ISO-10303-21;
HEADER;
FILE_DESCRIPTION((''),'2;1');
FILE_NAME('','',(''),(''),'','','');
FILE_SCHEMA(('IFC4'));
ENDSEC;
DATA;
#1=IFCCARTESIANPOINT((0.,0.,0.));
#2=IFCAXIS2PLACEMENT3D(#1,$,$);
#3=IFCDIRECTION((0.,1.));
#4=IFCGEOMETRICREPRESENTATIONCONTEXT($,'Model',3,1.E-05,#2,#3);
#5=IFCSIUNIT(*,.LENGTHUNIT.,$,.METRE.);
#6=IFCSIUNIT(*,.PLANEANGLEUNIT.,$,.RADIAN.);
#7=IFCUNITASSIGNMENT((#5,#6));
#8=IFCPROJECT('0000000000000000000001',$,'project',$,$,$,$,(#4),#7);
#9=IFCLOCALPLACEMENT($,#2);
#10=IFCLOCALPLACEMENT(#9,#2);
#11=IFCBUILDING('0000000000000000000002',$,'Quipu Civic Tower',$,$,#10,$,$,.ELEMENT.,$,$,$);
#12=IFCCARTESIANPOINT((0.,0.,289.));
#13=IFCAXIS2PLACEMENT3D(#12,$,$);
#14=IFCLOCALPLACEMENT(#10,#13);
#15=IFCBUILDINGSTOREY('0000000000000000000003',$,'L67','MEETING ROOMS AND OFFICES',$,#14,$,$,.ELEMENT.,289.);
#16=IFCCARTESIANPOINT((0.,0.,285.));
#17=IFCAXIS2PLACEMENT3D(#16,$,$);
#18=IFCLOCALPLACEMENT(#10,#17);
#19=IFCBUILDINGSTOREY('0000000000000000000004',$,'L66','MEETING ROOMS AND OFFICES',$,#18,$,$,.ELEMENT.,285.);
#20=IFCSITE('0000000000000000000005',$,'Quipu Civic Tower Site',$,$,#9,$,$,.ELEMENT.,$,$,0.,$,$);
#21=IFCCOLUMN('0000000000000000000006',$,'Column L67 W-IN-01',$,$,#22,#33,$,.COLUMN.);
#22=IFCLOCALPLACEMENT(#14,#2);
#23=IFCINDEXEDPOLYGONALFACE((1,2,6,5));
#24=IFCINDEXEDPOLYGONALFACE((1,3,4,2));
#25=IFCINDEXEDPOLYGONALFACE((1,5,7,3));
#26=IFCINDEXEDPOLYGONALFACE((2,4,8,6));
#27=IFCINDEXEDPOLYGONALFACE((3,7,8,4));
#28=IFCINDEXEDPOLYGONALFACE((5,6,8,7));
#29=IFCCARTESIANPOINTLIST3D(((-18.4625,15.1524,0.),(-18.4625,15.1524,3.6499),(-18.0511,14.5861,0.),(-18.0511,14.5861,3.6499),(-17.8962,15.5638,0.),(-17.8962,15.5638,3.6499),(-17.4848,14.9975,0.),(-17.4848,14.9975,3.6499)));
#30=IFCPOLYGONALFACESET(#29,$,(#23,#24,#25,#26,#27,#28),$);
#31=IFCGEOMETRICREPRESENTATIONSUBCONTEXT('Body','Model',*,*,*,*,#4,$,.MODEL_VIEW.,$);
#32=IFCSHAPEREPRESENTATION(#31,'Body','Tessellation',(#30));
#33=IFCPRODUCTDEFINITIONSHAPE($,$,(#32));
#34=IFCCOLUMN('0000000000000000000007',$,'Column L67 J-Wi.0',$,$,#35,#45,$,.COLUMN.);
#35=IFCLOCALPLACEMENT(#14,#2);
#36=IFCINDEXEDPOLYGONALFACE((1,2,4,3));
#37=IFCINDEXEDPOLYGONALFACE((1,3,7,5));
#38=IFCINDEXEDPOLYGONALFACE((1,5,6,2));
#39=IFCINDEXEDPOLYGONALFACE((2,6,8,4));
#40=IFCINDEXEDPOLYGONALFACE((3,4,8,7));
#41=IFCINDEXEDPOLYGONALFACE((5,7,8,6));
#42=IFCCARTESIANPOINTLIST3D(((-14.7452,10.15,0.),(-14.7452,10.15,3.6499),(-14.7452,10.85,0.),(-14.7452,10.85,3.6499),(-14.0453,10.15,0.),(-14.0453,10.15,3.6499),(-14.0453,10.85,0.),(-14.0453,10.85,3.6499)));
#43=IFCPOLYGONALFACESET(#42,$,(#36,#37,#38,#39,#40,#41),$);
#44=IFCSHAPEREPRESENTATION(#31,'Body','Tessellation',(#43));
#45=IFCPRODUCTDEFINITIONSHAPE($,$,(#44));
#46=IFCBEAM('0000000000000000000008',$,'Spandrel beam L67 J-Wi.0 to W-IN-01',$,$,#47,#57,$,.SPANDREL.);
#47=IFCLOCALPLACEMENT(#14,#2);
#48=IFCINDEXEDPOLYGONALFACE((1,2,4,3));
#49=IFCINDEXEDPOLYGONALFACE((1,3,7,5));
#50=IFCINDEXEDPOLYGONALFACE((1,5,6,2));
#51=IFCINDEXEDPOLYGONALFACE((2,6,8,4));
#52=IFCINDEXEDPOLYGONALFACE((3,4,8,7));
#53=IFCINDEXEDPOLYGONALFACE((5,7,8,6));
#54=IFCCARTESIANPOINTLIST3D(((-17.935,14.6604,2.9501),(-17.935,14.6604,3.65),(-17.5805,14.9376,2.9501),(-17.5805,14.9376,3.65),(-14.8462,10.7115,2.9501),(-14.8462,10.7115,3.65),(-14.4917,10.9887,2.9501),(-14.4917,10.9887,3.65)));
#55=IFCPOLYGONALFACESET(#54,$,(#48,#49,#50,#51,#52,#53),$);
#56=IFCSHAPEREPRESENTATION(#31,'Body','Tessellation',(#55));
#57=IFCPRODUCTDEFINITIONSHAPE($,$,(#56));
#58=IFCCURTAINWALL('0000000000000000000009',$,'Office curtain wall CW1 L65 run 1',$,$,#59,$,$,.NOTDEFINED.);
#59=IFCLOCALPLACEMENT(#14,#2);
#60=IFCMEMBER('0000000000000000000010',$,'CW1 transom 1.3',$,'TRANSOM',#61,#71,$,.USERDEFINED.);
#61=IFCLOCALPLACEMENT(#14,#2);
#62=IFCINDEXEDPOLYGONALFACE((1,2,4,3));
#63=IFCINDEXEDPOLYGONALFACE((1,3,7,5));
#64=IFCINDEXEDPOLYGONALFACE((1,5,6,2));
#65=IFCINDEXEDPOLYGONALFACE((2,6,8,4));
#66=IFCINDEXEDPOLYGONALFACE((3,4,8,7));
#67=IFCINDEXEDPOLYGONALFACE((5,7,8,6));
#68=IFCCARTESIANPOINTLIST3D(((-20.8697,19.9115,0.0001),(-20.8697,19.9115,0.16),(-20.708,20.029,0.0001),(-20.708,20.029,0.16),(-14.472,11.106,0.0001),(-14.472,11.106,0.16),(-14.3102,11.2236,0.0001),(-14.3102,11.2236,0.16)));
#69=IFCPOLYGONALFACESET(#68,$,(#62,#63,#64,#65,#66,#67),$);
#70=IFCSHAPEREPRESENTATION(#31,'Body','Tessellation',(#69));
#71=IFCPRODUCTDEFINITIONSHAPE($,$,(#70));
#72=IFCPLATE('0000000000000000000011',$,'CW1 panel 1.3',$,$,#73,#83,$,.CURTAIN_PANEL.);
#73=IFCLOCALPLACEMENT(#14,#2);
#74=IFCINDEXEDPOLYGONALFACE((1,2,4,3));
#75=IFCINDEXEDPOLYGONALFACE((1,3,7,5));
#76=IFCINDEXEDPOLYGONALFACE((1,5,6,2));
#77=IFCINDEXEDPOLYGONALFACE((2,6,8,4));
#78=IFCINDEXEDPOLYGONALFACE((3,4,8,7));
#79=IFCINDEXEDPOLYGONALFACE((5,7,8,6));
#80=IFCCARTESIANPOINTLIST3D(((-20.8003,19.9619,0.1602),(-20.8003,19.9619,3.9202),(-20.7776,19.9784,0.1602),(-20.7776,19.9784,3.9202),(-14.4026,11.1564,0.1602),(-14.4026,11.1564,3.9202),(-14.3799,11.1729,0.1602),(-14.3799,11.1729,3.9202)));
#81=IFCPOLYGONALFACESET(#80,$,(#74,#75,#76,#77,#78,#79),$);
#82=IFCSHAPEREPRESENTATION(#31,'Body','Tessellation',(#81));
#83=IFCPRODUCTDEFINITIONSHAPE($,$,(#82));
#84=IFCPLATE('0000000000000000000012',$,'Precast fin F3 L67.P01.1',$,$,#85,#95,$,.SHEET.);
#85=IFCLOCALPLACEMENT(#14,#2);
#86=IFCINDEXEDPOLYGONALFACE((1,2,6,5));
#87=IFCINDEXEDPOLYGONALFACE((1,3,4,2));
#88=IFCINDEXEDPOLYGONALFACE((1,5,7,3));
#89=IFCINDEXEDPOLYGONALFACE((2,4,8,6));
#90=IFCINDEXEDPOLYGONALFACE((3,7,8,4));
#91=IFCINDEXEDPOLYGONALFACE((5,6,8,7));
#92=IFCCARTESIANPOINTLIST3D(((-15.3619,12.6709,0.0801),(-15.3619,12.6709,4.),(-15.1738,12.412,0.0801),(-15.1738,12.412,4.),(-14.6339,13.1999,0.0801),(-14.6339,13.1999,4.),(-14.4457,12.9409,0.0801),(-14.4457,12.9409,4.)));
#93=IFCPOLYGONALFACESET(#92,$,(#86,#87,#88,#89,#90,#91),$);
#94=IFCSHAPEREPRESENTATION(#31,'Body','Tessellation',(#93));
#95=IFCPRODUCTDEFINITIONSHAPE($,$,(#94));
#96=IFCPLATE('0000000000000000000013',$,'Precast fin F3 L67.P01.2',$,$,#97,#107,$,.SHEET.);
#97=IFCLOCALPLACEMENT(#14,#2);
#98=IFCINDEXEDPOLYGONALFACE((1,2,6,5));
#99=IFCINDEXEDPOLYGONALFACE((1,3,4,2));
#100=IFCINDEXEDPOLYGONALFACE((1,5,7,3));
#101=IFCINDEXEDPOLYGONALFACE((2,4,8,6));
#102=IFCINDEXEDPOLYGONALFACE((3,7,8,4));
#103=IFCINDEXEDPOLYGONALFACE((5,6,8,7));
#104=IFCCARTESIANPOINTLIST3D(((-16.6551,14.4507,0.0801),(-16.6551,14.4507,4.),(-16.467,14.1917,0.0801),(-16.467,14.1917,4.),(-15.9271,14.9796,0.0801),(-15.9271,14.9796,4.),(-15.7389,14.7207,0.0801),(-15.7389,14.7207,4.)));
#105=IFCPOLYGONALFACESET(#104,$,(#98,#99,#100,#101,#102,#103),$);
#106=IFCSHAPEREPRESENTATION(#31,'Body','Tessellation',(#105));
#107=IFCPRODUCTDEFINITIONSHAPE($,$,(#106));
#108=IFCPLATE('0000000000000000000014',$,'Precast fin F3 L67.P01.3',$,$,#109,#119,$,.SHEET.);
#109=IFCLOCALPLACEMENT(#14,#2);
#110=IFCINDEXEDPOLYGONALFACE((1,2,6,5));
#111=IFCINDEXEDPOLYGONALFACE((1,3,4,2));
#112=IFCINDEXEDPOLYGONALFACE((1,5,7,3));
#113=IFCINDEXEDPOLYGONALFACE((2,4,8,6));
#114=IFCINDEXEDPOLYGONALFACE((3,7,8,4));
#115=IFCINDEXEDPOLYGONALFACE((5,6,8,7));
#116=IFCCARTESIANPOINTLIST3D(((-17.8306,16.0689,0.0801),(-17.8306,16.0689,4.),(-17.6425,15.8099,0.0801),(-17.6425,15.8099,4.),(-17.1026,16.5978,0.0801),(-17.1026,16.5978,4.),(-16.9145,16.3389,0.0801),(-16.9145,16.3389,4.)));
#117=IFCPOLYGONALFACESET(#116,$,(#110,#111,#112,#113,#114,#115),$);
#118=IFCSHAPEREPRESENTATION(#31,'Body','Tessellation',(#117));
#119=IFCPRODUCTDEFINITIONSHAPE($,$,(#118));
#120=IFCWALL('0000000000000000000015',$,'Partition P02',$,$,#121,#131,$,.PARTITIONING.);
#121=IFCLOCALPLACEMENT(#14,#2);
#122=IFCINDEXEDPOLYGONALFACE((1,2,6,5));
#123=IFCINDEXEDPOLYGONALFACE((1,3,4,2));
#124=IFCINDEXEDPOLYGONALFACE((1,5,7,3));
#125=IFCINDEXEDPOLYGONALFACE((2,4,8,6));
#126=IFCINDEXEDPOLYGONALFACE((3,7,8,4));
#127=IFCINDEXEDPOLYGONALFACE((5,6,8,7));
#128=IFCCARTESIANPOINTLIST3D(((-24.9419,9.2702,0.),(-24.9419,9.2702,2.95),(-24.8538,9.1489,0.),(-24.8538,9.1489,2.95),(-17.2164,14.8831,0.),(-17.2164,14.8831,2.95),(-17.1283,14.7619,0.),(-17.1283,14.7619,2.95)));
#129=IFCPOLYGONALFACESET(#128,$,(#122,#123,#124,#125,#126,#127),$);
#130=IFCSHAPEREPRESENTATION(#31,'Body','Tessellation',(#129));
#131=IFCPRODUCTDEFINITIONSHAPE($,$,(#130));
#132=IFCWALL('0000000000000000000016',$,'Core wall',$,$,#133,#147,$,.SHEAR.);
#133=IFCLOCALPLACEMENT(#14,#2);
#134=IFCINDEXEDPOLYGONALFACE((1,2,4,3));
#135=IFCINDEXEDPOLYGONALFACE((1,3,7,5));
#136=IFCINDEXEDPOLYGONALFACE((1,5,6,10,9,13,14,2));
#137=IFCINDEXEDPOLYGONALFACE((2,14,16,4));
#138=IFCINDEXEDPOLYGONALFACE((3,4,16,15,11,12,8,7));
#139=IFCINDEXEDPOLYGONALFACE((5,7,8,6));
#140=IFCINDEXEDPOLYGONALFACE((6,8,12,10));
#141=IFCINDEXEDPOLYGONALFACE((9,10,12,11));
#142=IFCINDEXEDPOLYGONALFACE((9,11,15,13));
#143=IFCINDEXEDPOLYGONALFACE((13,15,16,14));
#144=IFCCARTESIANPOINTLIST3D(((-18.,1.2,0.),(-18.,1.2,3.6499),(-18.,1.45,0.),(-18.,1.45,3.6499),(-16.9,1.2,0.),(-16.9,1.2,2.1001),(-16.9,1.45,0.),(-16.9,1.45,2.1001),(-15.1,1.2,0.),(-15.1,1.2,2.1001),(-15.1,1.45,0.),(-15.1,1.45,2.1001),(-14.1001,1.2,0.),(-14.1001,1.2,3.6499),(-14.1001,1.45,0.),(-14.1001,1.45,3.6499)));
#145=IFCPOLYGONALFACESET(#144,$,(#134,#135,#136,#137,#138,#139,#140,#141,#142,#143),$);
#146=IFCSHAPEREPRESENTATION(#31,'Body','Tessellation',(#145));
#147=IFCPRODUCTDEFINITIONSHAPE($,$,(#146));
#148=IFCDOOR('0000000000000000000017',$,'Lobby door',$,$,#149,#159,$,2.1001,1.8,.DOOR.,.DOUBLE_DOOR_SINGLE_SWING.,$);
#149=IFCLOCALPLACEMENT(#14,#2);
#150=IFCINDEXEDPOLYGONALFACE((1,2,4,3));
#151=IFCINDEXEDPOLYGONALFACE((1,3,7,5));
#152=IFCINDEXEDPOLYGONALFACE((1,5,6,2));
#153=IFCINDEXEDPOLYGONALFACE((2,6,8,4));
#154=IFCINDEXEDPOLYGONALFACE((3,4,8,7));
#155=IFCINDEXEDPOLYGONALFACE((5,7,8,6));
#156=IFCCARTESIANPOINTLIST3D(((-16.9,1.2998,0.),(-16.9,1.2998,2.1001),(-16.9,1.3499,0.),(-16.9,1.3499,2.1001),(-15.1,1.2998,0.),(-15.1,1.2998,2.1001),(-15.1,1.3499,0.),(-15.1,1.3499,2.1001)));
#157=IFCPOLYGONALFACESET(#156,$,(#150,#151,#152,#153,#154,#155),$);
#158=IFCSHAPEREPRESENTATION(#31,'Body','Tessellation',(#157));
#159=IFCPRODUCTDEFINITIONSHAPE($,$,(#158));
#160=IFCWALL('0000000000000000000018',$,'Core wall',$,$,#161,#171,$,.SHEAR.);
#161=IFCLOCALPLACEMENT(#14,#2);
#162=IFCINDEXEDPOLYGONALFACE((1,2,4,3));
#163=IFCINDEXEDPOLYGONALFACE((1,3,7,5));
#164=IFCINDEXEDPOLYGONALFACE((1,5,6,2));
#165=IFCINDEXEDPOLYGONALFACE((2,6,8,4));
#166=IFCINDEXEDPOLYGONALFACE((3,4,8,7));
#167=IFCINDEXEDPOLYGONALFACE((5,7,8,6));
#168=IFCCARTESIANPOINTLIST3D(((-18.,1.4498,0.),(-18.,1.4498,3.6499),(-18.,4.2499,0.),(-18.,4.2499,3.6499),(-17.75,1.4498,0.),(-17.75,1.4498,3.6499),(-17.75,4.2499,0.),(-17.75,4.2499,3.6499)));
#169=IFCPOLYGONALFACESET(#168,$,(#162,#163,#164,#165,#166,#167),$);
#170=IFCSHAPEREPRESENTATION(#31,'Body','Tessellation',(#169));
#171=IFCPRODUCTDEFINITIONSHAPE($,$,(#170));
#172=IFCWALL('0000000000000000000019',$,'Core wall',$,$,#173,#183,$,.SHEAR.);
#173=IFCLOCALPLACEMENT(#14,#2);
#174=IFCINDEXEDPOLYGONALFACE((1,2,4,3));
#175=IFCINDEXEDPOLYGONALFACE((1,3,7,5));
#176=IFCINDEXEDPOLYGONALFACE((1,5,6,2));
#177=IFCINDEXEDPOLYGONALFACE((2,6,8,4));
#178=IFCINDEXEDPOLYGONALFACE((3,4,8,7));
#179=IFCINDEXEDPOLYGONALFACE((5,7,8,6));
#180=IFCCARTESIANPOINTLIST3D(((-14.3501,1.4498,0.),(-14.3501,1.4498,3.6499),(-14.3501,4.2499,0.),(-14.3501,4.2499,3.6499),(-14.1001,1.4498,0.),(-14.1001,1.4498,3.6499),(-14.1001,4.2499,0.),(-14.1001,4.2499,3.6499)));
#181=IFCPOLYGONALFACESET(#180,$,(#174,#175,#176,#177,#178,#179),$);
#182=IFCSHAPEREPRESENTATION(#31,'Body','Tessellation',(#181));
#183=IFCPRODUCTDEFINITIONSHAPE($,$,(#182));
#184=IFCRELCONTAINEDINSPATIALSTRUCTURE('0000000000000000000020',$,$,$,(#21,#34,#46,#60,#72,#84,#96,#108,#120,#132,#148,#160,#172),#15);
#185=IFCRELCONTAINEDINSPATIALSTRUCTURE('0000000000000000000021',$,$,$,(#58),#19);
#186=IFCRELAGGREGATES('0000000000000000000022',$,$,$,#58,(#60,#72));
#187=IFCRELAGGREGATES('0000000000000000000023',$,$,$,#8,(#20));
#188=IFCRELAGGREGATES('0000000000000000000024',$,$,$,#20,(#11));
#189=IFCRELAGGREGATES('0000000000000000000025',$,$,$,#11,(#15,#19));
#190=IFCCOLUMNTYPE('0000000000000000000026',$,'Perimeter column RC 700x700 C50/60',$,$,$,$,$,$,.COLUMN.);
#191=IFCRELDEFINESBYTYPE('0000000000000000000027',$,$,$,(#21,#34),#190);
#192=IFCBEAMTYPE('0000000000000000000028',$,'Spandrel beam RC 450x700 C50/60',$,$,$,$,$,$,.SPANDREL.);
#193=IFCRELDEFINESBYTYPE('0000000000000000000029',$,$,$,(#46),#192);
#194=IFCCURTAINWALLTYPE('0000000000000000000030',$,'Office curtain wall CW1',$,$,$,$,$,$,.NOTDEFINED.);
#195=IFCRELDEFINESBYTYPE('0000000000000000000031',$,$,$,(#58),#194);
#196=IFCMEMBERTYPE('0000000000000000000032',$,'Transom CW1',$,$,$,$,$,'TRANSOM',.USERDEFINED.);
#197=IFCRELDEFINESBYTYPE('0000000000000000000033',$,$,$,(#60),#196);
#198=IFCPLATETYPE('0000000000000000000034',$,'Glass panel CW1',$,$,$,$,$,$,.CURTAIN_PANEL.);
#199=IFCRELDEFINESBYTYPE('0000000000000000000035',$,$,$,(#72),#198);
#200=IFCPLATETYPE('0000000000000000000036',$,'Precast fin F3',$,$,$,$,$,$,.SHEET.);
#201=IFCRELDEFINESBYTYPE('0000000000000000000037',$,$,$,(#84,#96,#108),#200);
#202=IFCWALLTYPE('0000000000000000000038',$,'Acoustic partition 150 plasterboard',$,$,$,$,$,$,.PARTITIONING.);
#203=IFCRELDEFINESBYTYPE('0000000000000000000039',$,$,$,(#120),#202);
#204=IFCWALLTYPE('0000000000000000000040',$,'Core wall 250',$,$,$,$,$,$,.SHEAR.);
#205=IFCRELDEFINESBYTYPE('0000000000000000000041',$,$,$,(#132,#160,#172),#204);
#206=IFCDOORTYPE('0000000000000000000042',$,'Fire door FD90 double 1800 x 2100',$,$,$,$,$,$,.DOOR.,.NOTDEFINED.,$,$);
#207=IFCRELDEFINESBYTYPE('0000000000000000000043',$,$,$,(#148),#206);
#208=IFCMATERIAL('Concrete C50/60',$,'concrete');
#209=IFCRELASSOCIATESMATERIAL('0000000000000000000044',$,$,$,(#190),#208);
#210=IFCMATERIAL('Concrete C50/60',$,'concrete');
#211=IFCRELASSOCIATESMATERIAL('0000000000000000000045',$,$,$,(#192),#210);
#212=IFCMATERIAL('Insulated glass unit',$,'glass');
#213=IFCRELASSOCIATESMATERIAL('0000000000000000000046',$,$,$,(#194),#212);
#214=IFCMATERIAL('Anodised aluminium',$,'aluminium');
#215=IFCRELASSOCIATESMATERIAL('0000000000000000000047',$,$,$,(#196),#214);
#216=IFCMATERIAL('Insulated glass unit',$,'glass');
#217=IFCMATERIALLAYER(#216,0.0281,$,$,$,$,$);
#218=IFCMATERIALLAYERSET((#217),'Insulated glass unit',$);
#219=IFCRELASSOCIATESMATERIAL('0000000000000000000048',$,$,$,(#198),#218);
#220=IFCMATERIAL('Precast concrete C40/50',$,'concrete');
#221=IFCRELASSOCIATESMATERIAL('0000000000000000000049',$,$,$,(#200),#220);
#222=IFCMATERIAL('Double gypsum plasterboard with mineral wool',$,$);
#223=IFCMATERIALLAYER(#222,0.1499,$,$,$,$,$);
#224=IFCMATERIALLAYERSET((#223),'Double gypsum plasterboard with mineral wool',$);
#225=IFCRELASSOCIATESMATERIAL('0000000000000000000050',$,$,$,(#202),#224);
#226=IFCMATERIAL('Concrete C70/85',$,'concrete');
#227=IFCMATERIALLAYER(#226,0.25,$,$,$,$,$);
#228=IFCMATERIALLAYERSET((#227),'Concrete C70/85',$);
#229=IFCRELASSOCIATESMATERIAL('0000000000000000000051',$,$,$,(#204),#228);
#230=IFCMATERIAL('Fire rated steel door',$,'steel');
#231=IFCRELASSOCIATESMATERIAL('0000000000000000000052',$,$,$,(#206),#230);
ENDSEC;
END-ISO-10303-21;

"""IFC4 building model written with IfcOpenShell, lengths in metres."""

from ifc_helpers import new_model, si_unit, direction, frame, frame_2d, origin, origin_2d, place, context, subcontext, project, spatial, rectangle, extrude, material, layer, layer_set, material_profile, profile_set, type_object, element, fill, aggregate, save


model = new_model("IFC4")

# Units and contexts
model_context = context("Model", 3, precision=1e-05, world=origin(), true_north=direction((0.0, 1.0)))
body_context = subcontext(model_context, "Body", "Model", "MODEL_VIEW")
ifc_project = project(units=[si_unit("LENGTHUNIT", "METRE"), si_unit("PLANEANGLEUNIT", "RADIAN")], contexts=[model_context])

# Site, building, storey
site_placement = place(None, origin())
site = spatial("IfcSite", under=ifc_project, at=site_placement, Name="Quipu Civic Tower Site", CompositionType="ELEMENT", RefElevation=0.0)
building_placement = place(site_placement, origin())
building = spatial("IfcBuilding", under=site, at=building_placement, Name="Quipu Civic Tower", CompositionType="ELEMENT")
storey_1_placement = place(building_placement, frame((0.0, 0.0, 289.0)))
storey_1 = spatial("IfcBuildingStorey", under=building, at=storey_1_placement, Name="L67", Description="MEETING ROOMS AND OFFICES", CompositionType="ELEMENT", Elevation=289.0)

# Columns
ifc_material_1 = material(Name="Concrete C50/60", Category="concrete")
ifc_material_profile_1 = material_profile(ifc_material_1, rectangle(XDim=0.7, YDim=0.7, at=origin_2d()), Name="RC700x700")
ifc_profile_set_1 = profile_set([ifc_material_profile_1], Name="Concrete C50/60")
column_type = type_object("IfcColumnType", Name="Perimeter column RC 700x700 C50/60", PredefinedType="COLUMN", material=ifc_profile_set_1)
for number, where, z_axis, x_axis, name in (
    (1, (-17.9736, 15.075, 0.0), (0.0, 0.0, 1.0), (-0.587785, 0.809017, 0.0), "Column L67 W-IN-01"),
    (2, (-14.3953, 10.5, 0.0), (0.0, 0.0, 1.0), (-1.0, 0.0, 0.0), "Column L67 J-Wi.0"),
):
    element("IfcColumn", number, at=place(storey_1_placement, frame(where, z_axis=z_axis, x_axis=x_axis)), inside=storey_1, type_object=column_type, Name=name, PredefinedType="COLUMN", context=body_context, shape_type="SweptSolid", body=[
        extrude(rectangle(XDim=0.7, YDim=0.7, at=origin_2d()), origin(), (0.0, 0.0, 1.0), 3.6499),
    ])

# Beam
ifc_material_2 = material(Name="Concrete C50/60", Category="concrete")
ifc_material_profile_2 = material_profile(ifc_material_2, rectangle(XDim=0.45, YDim=0.7, at=origin_2d()), Name="RC450x700")
ifc_profile_set_2 = profile_set([ifc_material_profile_2], Name="Concrete C50/60")
beam_type = type_object("IfcBeamType", Name="Spandrel beam RC 450x700 C50/60", PredefinedType="SPANDREL", material=ifc_profile_set_2)
beam_placement = place(storey_1_placement, frame((-14.6689, 10.8501, 3.3), z_axis=(-0.616106, 0.787663, 0.0), x_axis=(-0.787663, -0.616106, 0.0)))
element("IfcBeam", 3, at=beam_placement, inside=storey_1, type_object=beam_type, Name="Spandrel beam L67 J-Wi.0 to W-IN-01", PredefinedType="SPANDREL", context=body_context, shape_type="SweptSolid", body=[
    extrude(rectangle(XDim=0.45, YDim=0.7, at=origin_2d()), origin(), (0.0, 0.0, 1.0), 5.0134),
])

# Shared definitions
storey_2_placement = place(building_placement, frame((0.0, 0.0, 285.0)))
storey_2 = spatial("IfcBuildingStorey", under=building, at=storey_2_placement, Name="L66", Description="MEETING ROOMS AND OFFICES", CompositionType="ELEMENT", Elevation=285.0)

# Curtain wall, member, plate
ifc_material_3 = material(Name="Insulated glass unit", Category="glass")
curtain_wall_type = type_object("IfcCurtainWallType", Name="Office curtain wall CW1", PredefinedType="NOTDEFINED", material=ifc_material_3)
curtain_wall_placement = place(storey_2_placement, origin())
curtain_wall = element("IfcCurtainWall", 4, at=curtain_wall_placement, inside=storey_2, type_object=curtain_wall_type, Name="Office curtain wall CW1 L65 run 1", PredefinedType="NOTDEFINED")
ifc_material_4 = material(Name="Anodised aluminium", Category="aluminium")
ifc_material_profile_3 = material_profile(ifc_material_4, rectangle(XDim=0.2, YDim=0.1599, at=origin_2d()), Name="RECT 200x160")
ifc_profile_set_3 = profile_set([ifc_material_profile_3], Name="Anodised aluminium")
member_type = type_object("IfcMemberType", Name="Transom CW1", ElementType="TRANSOM", PredefinedType="USERDEFINED", material=ifc_profile_set_3)
member_placement = place(storey_1_placement, frame((-14.3911, 11.1648, 0.0801), z_axis=(-0.587797, 0.809009, 0.0), x_axis=(-0.809009, -0.587797, 0.0)))
member = element("IfcMember", 5, at=member_placement, inside=storey_1, type_object=member_type, Name="CW1 transom 1.3", ObjectType="TRANSOM", PredefinedType="USERDEFINED", context=body_context, shape_type="SweptSolid", body=[
    extrude(rectangle(XDim=0.2, YDim=0.1599, at=origin_2d()), origin(), (0.0, 0.0, 1.0), 10.8843),
])
ifc_material_5 = material(Name="Insulated glass unit", Category="glass")
ifc_layer_1 = layer(ifc_material_5, 0.0281)
ifc_layer_set_1 = layer_set([ifc_layer_1], Name="Insulated glass unit")
plate_type_1 = type_object("IfcPlateType", Name="Glass panel CW1", PredefinedType="CURTAIN_PANEL", material=ifc_layer_set_1)
plate_placement = place(storey_1_placement, frame((-17.5901, 15.5674, 0.1602), z_axis=(0.0, 0.0, 1.0), x_axis=(-0.587788, 0.809015, 0.0)))
plate = element("IfcPlate", 6, at=plate_placement, inside=storey_1, type_object=plate_type_1, Name="CW1 panel 1.3", PredefinedType="CURTAIN_PANEL", context=body_context, shape_type="SweptSolid", body=[
    extrude(rectangle(XDim=10.8843, YDim=0.0281, at=origin_2d()), origin(), (0.0, 0.0, 1.0), 3.76),
])
aggregate(curtain_wall, [member, plate])

# Plates
ifc_material_6 = material(Name="Precast concrete C40/50", Category="concrete")
plate_type_2 = type_object("IfcPlateType", Name="Precast fin F3", PredefinedType="SHEET", material=ifc_material_6)
for number, where, z_axis, x_axis, name in (
    (7, (-14.9038, 12.8059, 0.0801), (0.0, 0.0, 1.0), (-0.587784, 0.809018, 0.0), "Precast fin F3 L67.P01.1"),
    (8, (-16.197, 14.5857, 0.0801), (0.0, 0.0, 1.0), (-0.587784, 0.809018, 0.0), "Precast fin F3 L67.P01.2"),
    (9, (-17.3726, 16.2039, 0.0801), (0.0, 0.0, 1.0), (-0.587784, 0.809018, 0.0), "Precast fin F3 L67.P01.3"),
):
    element("IfcPlate", number, at=place(storey_1_placement, frame(where, z_axis=z_axis, x_axis=x_axis)), inside=storey_1, type_object=plate_type_2, Name=name, PredefinedType="SHEET", context=body_context, shape_type="SweptSolid", body=[
        extrude(rectangle(XDim=0.3201, YDim=0.8999, at=origin_2d()), origin(), (0.0, 0.0, 1.0), 3.9199),
    ])

# Wall
ifc_material_7 = material(Name="Double gypsum plasterboard with mineral wool")
ifc_layer_2 = layer(ifc_material_7, 0.1499)
ifc_layer_set_2 = layer_set([ifc_layer_2], Name="Double gypsum plasterboard with mineral wool")
wall_type_1 = type_object("IfcWallType", Name="Acoustic partition 150 plasterboard", PredefinedType="PARTITIONING", material=ifc_layer_set_2)
wall_1_placement = place(storey_1_placement, frame((-17.1724, 14.8225, 0.0), z_axis=(0.0, 0.0, 1.0), x_axis=(-0.809013, -0.58779, 0.0)))
element("IfcWall", 10, at=wall_1_placement, inside=storey_1, type_object=wall_type_1, Name="Partition P02", PredefinedType="PARTITIONING", context=body_context, shape_type="SweptSolid", body=[
    extrude(rectangle(XDim=9.5493, YDim=0.1499, at=frame_2d((4.7747, 0.0))), origin(), (0.0, 0.0, 1.0), 2.95),
])

# Wall, opening, door
ifc_material_8 = material(Name="Concrete C70/85", Category="concrete")
ifc_layer_3 = layer(ifc_material_8, 0.25)
ifc_layer_set_3 = layer_set([ifc_layer_3], Name="Concrete C70/85")
wall_type_2 = type_object("IfcWallType", Name="Core wall 250", PredefinedType="SHEAR", material=ifc_layer_set_3)
wall_2_placement = place(storey_1_placement, frame((-18.0, 1.325, 0.0), z_axis=(0.0, 0.0, 1.0), x_axis=(1.0, 0.0, 0.0)))
wall_2 = element("IfcWall", 11, at=wall_2_placement, inside=storey_1, type_object=wall_type_2, Name="Core wall", PredefinedType="SHEAR", context=body_context, shape_type="SweptSolid", body=[
    extrude(rectangle(XDim=3.8999, YDim=0.25, at=frame_2d((1.95, 0.0))), origin(), (0.0, 0.0, 1.0), 3.6499),
])
opening_1_placement = place(wall_2_placement, frame((1.1001, 0.0, 0.0)))
opening_1 = element("IfcOpeningElement", 12, at=opening_1_placement, cuts=wall_2, PredefinedType="OPENING", context=body_context, shape_type="SweptSolid", body=[
    extrude(rectangle(XDim=1.8, YDim=2.1001, at=frame_2d((0.8999, 1.05))), frame((0.0, 0.135, 0.0), z_axis=(0.0, -1.0, 0.0), x_axis=(1.0, 0.0, 0.0)), (0.0, 0.0, 1.0), 0.27),
])
ifc_material_9 = material(Name="Fire rated steel door", Category="steel")
door_type_1 = type_object("IfcDoorType", Name="Fire door FD90 double 1800 x 2100", OperationType="NOTDEFINED", PredefinedType="DOOR", material=ifc_material_9)
door_1_placement = place(opening_1_placement, origin())
door_1 = element("IfcDoor", 13, at=door_1_placement, inside=storey_1, type_object=door_type_1, Name="Lobby door", OperationType="DOUBLE_DOOR_SINGLE_SWING", OverallHeight=2.1001, OverallWidth=1.8, PredefinedType="DOOR", context=body_context, shape_type="SweptSolid", body=[
    extrude(rectangle(XDim=1.8, YDim=2.1001, at=frame_2d((0.8999, 1.05))), frame((0.0, 0.0249, 0.0), z_axis=(0.0, -1.0, 0.0), x_axis=(1.0, 0.0, 0.0)), (0.0, 0.0, 1.0), 0.05),
])
fill(opening_1, door_1)

# Walls
for number, where, z_axis, x_axis, name in (
    (14, (-17.875, 1.45, 0.0), (0.0, 0.0, 1.0), (0.0, 1.0, 0.0), "Core wall"),
    (15, (-14.2251, 1.45, 0.0), (0.0, 0.0, 1.0), (0.0, 1.0, 0.0), "Core wall"),
):
    element("IfcWall", number, at=place(storey_1_placement, frame(where, z_axis=z_axis, x_axis=x_axis)), inside=storey_1, type_object=wall_type_2, Name=name, PredefinedType="SHEAR", context=body_context, shape_type="SweptSolid", body=[
        extrude(rectangle(XDim=2.8, YDim=0.25, at=frame_2d((1.3999, 0.0))), origin(), (0.0, 0.0, 1.0), 3.6499),
    ])

save(model, "model.ifc")
